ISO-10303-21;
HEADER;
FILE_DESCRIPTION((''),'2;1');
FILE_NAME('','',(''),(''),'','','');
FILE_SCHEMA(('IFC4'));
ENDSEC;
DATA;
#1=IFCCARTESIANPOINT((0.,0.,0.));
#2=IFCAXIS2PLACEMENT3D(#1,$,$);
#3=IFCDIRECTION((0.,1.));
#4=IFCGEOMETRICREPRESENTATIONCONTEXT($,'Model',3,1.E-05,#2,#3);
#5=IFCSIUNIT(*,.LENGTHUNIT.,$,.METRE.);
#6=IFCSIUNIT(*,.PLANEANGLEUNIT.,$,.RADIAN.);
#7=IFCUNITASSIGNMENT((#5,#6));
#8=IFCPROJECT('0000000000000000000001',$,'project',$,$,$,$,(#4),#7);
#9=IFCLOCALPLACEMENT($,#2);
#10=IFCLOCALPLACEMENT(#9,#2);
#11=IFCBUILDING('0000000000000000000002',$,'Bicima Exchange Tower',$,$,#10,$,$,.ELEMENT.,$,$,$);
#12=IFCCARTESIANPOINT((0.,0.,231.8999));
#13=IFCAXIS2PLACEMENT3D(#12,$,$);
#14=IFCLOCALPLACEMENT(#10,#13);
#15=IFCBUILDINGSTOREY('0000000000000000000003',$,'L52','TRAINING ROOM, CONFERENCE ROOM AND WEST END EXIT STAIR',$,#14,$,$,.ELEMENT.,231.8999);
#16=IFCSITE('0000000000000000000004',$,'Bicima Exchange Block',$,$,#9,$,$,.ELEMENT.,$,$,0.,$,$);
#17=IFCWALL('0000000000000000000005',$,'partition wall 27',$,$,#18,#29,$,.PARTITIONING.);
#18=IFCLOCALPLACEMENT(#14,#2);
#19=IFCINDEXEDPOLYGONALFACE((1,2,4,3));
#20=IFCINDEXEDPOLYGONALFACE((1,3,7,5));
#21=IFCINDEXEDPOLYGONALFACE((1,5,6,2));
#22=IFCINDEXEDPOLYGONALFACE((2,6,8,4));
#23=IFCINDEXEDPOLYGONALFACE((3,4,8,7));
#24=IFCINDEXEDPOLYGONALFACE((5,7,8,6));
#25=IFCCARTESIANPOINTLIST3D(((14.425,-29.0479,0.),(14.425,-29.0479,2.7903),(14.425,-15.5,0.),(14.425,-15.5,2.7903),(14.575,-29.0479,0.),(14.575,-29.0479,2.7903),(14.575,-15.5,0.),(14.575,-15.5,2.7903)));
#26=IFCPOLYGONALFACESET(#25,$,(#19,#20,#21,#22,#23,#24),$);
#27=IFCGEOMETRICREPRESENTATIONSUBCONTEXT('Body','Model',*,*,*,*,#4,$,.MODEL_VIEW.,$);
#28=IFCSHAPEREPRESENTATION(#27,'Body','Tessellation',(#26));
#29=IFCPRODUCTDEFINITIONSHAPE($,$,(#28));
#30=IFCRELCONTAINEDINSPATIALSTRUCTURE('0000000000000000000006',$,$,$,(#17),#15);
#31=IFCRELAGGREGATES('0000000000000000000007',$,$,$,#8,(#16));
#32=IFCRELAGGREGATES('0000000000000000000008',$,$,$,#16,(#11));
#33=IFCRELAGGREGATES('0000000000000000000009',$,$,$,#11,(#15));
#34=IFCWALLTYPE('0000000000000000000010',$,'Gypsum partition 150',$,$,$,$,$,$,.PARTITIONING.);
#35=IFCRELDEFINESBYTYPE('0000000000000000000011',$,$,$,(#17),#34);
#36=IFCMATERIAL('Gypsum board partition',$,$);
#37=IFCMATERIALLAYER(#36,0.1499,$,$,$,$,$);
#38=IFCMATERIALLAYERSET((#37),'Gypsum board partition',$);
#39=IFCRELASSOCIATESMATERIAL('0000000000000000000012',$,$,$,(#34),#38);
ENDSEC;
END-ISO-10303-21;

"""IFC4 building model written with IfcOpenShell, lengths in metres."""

from ifc_helpers import new_model, si_unit, direction, frame, frame_2d, origin, place, context, subcontext, project, spatial, rectangle, extrude, material, layer, layer_set, type_object, element, save


model = new_model("IFC4")

# Units and contexts
model_context = context("Model", 3, precision=1e-05, world=origin(), true_north=direction((0.0, 1.0)))
body_context = subcontext(model_context, "Body", "Model", "MODEL_VIEW")
ifc_project = project(units=[si_unit("LENGTHUNIT", "METRE"), si_unit("PLANEANGLEUNIT", "RADIAN")], contexts=[model_context])

# Site, building, storey
site_placement = place(None, origin())
site = spatial("IfcSite", under=ifc_project, at=site_placement, Name="Bicima Exchange Block", CompositionType="ELEMENT", RefElevation=0.0)
building_placement = place(site_placement, origin())
building = spatial("IfcBuilding", under=site, at=building_placement, Name="Bicima Exchange Tower", CompositionType="ELEMENT")
storey_placement = place(building_placement, frame((0.0, 0.0, 231.8999)))
storey = spatial("IfcBuildingStorey", under=building, at=storey_placement, Name="L52", Description="TRAINING ROOM, CONFERENCE ROOM AND WEST END EXIT STAIR", CompositionType="ELEMENT", Elevation=231.8999)

# Wall
ifc_material_1 = material(Name="Gypsum board partition")
ifc_layer_1 = layer(ifc_material_1, 0.1499)
ifc_layer_set_1 = layer_set([ifc_layer_1], Name="Gypsum board partition")
wall_type = type_object("IfcWallType", Name="Gypsum partition 150", PredefinedType="PARTITIONING", material=ifc_layer_set_1)
wall_placement = place(storey_placement, frame((14.5, -29.0479, 0.0), z_axis=(0.0, 0.0, 1.0), x_axis=(0.0, 1.0, 0.0)))
element("IfcWall", 1, at=wall_placement, inside=storey, type_object=wall_type, Name="partition wall 27", PredefinedType="PARTITIONING", context=body_context, shape_type="SweptSolid", body=[
    extrude(rectangle(XDim=13.5479, YDim=0.1499, at=frame_2d((6.7739, 0.0))), origin(), (0.0, 0.0, 1.0), 2.7903),
])

save(model, "model.ifc")
